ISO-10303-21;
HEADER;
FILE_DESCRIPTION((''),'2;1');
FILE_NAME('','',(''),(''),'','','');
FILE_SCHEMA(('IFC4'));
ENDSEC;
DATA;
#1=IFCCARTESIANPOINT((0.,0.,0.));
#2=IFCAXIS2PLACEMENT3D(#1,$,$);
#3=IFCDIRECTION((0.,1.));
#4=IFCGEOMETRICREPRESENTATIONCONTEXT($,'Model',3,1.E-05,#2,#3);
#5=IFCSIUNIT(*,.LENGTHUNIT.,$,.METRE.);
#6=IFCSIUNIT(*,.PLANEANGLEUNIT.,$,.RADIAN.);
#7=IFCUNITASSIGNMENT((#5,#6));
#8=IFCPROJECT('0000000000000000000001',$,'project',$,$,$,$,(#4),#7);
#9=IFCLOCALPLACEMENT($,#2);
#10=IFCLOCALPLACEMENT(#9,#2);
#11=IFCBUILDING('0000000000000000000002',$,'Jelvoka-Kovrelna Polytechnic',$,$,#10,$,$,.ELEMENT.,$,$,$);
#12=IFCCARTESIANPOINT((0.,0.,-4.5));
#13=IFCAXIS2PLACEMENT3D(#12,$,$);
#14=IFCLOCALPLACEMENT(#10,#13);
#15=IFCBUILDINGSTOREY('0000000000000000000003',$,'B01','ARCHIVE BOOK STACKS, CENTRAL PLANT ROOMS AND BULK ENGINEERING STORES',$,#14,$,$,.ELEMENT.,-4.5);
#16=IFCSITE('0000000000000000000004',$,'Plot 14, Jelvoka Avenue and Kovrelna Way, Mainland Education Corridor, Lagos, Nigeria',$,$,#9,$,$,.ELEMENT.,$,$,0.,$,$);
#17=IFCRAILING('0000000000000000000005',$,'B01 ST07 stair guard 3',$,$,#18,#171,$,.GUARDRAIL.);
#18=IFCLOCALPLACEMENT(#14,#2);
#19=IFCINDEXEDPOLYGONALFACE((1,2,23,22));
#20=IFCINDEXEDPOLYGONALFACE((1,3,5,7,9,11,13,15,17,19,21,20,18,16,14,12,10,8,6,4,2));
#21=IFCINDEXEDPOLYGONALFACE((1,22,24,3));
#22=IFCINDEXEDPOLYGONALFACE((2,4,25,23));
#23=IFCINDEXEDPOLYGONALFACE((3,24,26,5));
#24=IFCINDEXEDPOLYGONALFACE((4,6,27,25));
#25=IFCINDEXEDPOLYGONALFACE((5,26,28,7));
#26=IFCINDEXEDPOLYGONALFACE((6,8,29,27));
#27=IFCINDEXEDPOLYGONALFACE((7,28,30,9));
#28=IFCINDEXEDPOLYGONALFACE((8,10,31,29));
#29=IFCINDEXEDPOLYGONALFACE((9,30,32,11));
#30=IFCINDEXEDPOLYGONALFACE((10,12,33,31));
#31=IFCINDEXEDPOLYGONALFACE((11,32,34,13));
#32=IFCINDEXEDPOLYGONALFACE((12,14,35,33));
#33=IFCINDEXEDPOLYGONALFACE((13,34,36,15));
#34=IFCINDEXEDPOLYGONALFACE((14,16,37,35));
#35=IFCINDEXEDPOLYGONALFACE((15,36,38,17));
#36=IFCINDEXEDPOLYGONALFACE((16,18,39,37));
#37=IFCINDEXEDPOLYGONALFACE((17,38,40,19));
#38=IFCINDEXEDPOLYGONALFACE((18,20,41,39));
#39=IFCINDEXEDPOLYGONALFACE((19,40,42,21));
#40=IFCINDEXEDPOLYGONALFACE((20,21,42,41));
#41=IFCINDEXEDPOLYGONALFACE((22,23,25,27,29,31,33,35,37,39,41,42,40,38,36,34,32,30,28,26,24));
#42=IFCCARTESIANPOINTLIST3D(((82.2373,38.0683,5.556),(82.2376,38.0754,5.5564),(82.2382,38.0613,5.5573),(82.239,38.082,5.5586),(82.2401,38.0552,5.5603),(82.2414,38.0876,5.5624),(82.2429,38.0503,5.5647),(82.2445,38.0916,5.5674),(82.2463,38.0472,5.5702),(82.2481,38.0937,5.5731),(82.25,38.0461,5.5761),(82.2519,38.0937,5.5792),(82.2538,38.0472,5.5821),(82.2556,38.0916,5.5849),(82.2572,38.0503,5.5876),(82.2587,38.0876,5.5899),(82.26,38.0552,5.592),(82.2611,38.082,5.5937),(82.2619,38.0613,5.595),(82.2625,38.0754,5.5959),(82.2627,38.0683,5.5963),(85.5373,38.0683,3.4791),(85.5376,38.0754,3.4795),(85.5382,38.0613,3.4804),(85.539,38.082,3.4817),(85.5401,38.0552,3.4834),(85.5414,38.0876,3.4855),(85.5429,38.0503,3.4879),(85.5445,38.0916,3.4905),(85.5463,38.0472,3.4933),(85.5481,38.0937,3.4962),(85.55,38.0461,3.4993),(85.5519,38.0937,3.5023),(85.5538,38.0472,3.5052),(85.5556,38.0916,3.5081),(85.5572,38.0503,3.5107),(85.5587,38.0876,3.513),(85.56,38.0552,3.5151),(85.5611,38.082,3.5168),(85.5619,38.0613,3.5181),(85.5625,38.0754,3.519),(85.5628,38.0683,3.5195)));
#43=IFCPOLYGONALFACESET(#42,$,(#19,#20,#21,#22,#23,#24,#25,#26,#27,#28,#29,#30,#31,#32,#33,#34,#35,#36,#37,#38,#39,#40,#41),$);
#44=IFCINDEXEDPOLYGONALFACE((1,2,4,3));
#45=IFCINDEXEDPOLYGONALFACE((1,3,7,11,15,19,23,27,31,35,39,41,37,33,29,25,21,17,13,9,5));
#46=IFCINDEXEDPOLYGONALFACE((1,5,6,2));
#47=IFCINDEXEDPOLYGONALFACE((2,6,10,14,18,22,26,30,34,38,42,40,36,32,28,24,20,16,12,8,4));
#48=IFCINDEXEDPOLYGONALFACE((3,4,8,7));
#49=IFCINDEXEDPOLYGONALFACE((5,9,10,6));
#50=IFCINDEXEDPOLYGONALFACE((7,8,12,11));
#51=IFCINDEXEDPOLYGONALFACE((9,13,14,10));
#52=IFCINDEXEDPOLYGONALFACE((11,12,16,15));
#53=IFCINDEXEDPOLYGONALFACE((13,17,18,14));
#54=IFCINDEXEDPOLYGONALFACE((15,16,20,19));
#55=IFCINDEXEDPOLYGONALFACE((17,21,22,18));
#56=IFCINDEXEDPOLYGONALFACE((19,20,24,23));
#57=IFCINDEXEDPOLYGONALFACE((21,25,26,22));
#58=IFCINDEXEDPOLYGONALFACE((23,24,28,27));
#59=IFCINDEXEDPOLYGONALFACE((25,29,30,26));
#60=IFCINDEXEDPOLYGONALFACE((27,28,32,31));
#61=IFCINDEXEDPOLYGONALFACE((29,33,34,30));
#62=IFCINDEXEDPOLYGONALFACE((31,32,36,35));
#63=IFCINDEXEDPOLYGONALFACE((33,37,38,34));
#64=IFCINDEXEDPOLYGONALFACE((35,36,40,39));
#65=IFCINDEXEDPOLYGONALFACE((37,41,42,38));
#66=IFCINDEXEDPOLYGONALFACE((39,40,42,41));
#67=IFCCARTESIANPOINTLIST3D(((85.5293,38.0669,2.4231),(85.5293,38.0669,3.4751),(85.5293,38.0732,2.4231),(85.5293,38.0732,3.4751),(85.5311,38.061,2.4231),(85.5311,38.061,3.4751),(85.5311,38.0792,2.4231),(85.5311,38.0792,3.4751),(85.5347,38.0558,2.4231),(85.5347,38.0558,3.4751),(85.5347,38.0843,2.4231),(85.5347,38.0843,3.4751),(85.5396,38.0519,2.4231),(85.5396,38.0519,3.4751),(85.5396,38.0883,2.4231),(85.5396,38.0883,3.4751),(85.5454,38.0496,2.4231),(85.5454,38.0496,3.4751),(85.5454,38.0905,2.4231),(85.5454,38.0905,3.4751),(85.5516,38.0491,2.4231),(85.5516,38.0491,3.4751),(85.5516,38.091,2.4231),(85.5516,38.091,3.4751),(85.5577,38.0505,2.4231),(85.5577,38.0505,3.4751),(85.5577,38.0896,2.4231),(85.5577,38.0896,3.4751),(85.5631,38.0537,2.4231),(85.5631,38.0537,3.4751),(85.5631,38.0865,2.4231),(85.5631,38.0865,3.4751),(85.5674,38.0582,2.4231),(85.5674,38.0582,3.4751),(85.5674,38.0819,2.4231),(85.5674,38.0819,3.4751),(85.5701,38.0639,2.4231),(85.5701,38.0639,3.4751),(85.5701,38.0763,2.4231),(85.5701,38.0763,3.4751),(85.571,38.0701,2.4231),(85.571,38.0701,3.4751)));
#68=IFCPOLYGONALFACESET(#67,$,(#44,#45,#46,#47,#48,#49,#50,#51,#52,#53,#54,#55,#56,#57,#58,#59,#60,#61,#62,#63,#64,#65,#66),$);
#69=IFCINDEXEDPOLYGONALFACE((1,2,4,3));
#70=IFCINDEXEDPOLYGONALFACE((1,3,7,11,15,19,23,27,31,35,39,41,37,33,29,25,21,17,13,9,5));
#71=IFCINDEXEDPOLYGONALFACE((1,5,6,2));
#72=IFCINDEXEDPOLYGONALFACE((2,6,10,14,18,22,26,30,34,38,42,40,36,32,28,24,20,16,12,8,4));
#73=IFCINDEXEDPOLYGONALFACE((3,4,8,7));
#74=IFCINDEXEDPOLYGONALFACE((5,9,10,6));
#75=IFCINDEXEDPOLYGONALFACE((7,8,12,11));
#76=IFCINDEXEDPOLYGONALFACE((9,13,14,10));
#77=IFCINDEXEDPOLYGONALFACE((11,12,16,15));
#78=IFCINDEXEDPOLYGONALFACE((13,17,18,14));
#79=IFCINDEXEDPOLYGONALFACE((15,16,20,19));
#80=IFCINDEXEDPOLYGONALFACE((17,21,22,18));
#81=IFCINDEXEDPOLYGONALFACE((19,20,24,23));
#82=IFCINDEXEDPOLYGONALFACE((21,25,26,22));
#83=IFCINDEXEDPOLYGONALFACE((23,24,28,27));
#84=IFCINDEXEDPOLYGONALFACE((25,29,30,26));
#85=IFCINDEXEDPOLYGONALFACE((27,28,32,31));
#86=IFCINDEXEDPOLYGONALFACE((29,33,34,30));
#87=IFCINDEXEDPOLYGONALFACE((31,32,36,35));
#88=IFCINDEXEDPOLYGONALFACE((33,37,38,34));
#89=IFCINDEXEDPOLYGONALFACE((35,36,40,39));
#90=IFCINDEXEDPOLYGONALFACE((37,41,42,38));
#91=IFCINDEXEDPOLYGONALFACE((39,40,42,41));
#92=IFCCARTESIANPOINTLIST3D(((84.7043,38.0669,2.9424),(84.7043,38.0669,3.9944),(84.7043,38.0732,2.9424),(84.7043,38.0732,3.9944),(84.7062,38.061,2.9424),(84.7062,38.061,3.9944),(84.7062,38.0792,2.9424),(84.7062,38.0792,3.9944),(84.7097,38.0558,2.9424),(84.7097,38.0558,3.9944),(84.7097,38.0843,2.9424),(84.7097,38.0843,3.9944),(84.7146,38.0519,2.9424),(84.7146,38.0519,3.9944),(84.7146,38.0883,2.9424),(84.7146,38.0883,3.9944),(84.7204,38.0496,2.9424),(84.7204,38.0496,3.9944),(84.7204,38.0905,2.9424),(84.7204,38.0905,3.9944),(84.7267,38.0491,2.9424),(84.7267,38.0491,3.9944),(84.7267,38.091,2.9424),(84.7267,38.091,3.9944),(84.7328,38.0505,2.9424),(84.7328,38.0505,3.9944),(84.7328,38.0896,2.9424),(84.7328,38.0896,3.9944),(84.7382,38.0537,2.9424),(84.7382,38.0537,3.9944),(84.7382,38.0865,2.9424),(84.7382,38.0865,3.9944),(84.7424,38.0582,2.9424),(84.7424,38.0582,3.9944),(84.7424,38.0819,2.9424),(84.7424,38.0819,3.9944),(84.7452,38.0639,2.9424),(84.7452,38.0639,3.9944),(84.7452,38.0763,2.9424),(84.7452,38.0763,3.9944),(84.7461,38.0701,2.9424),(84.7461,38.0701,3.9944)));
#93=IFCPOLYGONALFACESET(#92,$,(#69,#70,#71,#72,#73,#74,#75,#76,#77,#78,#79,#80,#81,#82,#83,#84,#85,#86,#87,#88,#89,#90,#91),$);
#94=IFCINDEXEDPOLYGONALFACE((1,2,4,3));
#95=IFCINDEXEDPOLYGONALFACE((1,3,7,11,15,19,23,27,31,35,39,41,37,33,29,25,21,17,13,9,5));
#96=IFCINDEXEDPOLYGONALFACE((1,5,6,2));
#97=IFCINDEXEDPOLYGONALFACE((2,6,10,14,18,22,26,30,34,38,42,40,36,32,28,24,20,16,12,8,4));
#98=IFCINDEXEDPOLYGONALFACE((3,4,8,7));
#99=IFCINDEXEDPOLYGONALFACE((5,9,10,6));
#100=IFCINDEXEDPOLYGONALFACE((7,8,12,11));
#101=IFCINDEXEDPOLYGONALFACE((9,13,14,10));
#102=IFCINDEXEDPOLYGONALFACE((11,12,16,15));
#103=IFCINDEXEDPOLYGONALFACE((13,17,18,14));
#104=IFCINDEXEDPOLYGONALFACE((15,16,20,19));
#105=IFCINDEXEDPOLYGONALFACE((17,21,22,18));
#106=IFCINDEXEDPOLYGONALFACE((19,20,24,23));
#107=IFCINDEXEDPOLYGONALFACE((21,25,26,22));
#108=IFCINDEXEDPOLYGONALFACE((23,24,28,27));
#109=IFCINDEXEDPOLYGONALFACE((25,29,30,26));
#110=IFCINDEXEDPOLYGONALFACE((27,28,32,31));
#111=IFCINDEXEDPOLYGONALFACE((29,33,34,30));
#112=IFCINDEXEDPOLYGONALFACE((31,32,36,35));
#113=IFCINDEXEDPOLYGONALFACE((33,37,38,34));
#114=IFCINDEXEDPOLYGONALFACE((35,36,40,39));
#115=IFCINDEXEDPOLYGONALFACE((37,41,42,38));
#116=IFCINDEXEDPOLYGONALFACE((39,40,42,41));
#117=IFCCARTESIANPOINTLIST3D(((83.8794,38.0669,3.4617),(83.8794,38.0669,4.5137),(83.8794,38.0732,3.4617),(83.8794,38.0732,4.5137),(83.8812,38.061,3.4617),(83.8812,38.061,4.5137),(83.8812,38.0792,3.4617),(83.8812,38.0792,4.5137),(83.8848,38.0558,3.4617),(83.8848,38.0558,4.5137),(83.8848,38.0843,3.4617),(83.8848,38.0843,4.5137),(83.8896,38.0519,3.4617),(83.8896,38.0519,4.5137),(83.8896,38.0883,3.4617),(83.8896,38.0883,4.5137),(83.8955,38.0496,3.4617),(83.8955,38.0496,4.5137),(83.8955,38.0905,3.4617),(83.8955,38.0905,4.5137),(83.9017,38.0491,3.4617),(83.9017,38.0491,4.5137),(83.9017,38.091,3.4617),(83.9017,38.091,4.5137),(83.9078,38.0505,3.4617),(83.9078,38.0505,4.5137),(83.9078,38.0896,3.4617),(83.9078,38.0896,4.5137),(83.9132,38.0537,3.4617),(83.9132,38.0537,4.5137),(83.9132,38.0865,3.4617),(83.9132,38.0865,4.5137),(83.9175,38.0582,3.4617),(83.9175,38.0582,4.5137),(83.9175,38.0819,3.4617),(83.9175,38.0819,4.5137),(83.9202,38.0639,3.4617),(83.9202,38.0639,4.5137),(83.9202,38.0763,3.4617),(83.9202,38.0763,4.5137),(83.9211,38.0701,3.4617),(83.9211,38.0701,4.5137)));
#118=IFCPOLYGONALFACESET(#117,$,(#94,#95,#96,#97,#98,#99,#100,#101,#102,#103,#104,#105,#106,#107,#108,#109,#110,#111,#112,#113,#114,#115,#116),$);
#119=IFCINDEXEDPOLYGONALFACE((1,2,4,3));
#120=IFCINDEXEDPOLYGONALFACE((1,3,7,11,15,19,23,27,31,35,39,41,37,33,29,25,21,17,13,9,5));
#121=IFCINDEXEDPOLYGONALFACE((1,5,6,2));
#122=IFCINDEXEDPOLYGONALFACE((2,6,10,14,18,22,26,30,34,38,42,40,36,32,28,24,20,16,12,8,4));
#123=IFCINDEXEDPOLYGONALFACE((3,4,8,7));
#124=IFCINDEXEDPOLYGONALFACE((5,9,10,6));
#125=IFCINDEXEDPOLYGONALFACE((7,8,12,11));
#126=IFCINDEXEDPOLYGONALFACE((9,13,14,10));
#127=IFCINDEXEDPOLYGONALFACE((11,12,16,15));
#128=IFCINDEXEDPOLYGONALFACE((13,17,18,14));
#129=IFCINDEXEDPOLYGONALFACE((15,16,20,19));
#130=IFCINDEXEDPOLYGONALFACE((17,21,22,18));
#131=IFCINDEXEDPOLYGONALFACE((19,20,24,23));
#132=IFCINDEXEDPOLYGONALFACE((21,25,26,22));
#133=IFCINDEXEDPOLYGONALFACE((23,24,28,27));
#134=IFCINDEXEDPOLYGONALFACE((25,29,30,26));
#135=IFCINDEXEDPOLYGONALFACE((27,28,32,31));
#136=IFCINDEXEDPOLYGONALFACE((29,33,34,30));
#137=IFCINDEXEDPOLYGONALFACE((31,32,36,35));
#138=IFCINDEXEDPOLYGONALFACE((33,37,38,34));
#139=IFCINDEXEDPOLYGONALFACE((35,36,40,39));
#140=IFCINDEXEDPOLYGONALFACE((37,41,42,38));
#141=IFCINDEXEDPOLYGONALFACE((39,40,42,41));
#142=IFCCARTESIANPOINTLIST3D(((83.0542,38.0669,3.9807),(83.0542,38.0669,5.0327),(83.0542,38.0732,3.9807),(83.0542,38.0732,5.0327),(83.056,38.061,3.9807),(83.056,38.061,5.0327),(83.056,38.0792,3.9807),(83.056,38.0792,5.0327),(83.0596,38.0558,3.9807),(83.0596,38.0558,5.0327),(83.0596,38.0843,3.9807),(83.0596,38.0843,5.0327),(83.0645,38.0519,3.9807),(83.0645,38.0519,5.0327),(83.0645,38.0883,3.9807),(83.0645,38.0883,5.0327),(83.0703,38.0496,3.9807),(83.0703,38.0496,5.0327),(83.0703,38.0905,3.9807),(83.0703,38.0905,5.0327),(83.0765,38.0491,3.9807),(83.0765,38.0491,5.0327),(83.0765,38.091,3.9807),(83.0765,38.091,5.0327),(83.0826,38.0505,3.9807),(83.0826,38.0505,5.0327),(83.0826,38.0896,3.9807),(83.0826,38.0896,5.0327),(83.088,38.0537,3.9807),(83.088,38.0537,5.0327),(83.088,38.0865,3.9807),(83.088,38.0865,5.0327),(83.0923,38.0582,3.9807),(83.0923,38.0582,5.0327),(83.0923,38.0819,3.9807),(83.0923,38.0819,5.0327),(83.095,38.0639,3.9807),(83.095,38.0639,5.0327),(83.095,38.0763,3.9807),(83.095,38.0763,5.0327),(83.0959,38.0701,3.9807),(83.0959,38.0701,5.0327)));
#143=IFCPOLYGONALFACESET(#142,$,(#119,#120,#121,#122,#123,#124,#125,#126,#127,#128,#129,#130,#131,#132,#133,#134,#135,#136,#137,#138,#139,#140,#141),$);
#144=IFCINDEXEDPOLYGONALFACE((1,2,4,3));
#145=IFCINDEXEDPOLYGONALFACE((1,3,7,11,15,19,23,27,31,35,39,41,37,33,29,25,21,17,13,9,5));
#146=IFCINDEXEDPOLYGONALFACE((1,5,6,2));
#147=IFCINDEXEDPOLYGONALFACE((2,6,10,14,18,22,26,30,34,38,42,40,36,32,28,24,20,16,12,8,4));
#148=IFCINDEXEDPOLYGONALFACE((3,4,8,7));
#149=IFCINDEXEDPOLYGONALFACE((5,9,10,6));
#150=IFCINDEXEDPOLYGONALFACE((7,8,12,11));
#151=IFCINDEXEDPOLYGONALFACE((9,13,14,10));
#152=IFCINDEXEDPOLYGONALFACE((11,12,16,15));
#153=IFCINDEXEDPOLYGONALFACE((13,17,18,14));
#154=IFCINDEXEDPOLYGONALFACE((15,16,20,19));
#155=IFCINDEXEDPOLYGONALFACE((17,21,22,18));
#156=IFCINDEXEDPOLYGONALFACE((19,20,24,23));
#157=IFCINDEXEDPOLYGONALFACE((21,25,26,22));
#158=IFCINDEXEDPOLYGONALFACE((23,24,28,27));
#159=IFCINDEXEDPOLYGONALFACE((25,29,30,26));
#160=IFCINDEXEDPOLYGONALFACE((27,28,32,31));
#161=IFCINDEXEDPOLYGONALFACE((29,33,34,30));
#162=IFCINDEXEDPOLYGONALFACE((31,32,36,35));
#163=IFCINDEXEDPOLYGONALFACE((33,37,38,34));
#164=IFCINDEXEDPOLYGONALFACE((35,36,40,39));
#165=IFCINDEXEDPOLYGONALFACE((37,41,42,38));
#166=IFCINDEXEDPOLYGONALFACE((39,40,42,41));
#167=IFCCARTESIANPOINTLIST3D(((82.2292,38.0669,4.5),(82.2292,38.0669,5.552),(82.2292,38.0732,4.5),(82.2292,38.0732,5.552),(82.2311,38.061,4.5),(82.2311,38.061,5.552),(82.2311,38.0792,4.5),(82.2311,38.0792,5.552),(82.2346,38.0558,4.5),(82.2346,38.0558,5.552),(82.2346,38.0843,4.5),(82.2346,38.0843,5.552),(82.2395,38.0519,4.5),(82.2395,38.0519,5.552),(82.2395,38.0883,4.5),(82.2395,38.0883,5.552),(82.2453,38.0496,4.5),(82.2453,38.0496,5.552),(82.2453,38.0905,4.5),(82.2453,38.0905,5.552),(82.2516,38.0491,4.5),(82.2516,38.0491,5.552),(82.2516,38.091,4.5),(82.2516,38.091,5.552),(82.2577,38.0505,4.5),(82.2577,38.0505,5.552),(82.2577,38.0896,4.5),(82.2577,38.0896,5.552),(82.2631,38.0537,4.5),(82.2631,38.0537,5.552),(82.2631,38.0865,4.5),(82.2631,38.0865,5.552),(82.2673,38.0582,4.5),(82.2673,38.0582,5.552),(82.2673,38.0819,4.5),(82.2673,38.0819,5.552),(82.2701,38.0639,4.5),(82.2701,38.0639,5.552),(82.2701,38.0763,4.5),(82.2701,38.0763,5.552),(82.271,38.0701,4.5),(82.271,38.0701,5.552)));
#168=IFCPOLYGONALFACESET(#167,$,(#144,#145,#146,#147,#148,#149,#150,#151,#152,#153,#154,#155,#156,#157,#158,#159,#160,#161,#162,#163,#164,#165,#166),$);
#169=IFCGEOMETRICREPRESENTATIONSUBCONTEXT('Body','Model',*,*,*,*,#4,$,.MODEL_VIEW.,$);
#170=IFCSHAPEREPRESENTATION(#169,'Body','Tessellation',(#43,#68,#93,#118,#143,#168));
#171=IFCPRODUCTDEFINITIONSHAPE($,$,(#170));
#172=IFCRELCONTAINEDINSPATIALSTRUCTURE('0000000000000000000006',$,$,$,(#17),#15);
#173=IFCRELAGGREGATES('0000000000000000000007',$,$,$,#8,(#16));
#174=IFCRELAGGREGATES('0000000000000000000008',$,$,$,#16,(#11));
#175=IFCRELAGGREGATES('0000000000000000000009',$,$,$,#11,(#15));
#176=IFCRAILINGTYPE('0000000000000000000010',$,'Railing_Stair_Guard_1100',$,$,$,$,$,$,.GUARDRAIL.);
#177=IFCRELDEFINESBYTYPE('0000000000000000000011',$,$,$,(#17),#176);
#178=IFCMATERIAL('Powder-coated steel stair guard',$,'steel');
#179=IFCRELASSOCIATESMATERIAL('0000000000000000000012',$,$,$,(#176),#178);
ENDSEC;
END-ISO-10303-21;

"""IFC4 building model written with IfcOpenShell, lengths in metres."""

from ifc_helpers import new_model, si_unit, direction, frame, origin, origin_2d, place, context, subcontext, project, spatial, circle, extrude, material, type_object, element, save


model = new_model("IFC4")

# Units and contexts
model_context = context("Model", 3, precision=1e-05, world=origin(), true_north=direction((0.0, 1.0)))
body_context = subcontext(model_context, "Body", "Model", "MODEL_VIEW")
ifc_project = project(units=[si_unit("LENGTHUNIT", "METRE"), si_unit("PLANEANGLEUNIT", "RADIAN")], contexts=[model_context])

# Site, building, storey
site_placement = place(None, origin())
site = spatial("IfcSite", under=ifc_project, at=site_placement, Name="Plot 14, Jelvoka Avenue and Kovrelna Way, Mainland Education Corridor, Lagos, Nigeria", CompositionType="ELEMENT", RefElevation=0.0)
building_placement = place(site_placement, origin())
building = spatial("IfcBuilding", under=site, at=building_placement, Name="Jelvoka-Kovrelna Polytechnic", CompositionType="ELEMENT")
storey_placement = place(building_placement, frame((0.0, 0.0, -4.5)))
storey = spatial("IfcBuildingStorey", under=building, at=storey_placement, Name="B01", Description="ARCHIVE BOOK STACKS, CENTRAL PLANT ROOMS AND BULK ENGINEERING STORES", CompositionType="ELEMENT", Elevation=-4.5)

# Railing
ifc_material_1 = material(Name="Powder-coated steel stair guard", Category="steel")
railing_type_1 = type_object("IfcRailingType", Name="Railing_Stair_Guard_1100", PredefinedType="GUARDRAIL", material=ifc_material_1)
railing_1_placement = place(storey_placement, frame((85.55, 38.0701, 2.4231)))
element("IfcRailing", 1, at=railing_1_placement, inside=storey, type_object=railing_type_1, Name="B01 ST07 stair guard 3", PredefinedType="GUARDRAIL", context=body_context, shape_type="SweptSolid", body=[
    extrude(circle(Radius=0.0239, at=origin_2d()), frame((0.0, 0.0, 1.0762), z_axis=(-0.846337, 0.0, 0.532647), x_axis=(0.0, -1.0, 0.0)), (0.0, 0.0, 1.0), 3.8992),
    extrude(circle(Radius=0.021, at=origin_2d()), origin(), (0.0, 0.0, 1.0), 1.052),
    extrude(circle(Radius=0.021, at=origin_2d()), frame((-0.825, 0.0, 0.5193)), (0.0, 0.0, 1.0), 1.052),
    extrude(circle(Radius=0.021, at=origin_2d()), frame((-1.6499, 0.0, 1.0386)), (0.0, 0.0, 1.0), 1.052),
    extrude(circle(Radius=0.021, at=origin_2d()), frame((-2.4751, 0.0, 1.5576)), (0.0, 0.0, 1.0), 1.052),
    extrude(circle(Radius=0.021, at=origin_2d()), frame((-3.3, 0.0, 2.0769)), (0.0, 0.0, 1.0), 1.052),
])

save(model, "model.ifc")
